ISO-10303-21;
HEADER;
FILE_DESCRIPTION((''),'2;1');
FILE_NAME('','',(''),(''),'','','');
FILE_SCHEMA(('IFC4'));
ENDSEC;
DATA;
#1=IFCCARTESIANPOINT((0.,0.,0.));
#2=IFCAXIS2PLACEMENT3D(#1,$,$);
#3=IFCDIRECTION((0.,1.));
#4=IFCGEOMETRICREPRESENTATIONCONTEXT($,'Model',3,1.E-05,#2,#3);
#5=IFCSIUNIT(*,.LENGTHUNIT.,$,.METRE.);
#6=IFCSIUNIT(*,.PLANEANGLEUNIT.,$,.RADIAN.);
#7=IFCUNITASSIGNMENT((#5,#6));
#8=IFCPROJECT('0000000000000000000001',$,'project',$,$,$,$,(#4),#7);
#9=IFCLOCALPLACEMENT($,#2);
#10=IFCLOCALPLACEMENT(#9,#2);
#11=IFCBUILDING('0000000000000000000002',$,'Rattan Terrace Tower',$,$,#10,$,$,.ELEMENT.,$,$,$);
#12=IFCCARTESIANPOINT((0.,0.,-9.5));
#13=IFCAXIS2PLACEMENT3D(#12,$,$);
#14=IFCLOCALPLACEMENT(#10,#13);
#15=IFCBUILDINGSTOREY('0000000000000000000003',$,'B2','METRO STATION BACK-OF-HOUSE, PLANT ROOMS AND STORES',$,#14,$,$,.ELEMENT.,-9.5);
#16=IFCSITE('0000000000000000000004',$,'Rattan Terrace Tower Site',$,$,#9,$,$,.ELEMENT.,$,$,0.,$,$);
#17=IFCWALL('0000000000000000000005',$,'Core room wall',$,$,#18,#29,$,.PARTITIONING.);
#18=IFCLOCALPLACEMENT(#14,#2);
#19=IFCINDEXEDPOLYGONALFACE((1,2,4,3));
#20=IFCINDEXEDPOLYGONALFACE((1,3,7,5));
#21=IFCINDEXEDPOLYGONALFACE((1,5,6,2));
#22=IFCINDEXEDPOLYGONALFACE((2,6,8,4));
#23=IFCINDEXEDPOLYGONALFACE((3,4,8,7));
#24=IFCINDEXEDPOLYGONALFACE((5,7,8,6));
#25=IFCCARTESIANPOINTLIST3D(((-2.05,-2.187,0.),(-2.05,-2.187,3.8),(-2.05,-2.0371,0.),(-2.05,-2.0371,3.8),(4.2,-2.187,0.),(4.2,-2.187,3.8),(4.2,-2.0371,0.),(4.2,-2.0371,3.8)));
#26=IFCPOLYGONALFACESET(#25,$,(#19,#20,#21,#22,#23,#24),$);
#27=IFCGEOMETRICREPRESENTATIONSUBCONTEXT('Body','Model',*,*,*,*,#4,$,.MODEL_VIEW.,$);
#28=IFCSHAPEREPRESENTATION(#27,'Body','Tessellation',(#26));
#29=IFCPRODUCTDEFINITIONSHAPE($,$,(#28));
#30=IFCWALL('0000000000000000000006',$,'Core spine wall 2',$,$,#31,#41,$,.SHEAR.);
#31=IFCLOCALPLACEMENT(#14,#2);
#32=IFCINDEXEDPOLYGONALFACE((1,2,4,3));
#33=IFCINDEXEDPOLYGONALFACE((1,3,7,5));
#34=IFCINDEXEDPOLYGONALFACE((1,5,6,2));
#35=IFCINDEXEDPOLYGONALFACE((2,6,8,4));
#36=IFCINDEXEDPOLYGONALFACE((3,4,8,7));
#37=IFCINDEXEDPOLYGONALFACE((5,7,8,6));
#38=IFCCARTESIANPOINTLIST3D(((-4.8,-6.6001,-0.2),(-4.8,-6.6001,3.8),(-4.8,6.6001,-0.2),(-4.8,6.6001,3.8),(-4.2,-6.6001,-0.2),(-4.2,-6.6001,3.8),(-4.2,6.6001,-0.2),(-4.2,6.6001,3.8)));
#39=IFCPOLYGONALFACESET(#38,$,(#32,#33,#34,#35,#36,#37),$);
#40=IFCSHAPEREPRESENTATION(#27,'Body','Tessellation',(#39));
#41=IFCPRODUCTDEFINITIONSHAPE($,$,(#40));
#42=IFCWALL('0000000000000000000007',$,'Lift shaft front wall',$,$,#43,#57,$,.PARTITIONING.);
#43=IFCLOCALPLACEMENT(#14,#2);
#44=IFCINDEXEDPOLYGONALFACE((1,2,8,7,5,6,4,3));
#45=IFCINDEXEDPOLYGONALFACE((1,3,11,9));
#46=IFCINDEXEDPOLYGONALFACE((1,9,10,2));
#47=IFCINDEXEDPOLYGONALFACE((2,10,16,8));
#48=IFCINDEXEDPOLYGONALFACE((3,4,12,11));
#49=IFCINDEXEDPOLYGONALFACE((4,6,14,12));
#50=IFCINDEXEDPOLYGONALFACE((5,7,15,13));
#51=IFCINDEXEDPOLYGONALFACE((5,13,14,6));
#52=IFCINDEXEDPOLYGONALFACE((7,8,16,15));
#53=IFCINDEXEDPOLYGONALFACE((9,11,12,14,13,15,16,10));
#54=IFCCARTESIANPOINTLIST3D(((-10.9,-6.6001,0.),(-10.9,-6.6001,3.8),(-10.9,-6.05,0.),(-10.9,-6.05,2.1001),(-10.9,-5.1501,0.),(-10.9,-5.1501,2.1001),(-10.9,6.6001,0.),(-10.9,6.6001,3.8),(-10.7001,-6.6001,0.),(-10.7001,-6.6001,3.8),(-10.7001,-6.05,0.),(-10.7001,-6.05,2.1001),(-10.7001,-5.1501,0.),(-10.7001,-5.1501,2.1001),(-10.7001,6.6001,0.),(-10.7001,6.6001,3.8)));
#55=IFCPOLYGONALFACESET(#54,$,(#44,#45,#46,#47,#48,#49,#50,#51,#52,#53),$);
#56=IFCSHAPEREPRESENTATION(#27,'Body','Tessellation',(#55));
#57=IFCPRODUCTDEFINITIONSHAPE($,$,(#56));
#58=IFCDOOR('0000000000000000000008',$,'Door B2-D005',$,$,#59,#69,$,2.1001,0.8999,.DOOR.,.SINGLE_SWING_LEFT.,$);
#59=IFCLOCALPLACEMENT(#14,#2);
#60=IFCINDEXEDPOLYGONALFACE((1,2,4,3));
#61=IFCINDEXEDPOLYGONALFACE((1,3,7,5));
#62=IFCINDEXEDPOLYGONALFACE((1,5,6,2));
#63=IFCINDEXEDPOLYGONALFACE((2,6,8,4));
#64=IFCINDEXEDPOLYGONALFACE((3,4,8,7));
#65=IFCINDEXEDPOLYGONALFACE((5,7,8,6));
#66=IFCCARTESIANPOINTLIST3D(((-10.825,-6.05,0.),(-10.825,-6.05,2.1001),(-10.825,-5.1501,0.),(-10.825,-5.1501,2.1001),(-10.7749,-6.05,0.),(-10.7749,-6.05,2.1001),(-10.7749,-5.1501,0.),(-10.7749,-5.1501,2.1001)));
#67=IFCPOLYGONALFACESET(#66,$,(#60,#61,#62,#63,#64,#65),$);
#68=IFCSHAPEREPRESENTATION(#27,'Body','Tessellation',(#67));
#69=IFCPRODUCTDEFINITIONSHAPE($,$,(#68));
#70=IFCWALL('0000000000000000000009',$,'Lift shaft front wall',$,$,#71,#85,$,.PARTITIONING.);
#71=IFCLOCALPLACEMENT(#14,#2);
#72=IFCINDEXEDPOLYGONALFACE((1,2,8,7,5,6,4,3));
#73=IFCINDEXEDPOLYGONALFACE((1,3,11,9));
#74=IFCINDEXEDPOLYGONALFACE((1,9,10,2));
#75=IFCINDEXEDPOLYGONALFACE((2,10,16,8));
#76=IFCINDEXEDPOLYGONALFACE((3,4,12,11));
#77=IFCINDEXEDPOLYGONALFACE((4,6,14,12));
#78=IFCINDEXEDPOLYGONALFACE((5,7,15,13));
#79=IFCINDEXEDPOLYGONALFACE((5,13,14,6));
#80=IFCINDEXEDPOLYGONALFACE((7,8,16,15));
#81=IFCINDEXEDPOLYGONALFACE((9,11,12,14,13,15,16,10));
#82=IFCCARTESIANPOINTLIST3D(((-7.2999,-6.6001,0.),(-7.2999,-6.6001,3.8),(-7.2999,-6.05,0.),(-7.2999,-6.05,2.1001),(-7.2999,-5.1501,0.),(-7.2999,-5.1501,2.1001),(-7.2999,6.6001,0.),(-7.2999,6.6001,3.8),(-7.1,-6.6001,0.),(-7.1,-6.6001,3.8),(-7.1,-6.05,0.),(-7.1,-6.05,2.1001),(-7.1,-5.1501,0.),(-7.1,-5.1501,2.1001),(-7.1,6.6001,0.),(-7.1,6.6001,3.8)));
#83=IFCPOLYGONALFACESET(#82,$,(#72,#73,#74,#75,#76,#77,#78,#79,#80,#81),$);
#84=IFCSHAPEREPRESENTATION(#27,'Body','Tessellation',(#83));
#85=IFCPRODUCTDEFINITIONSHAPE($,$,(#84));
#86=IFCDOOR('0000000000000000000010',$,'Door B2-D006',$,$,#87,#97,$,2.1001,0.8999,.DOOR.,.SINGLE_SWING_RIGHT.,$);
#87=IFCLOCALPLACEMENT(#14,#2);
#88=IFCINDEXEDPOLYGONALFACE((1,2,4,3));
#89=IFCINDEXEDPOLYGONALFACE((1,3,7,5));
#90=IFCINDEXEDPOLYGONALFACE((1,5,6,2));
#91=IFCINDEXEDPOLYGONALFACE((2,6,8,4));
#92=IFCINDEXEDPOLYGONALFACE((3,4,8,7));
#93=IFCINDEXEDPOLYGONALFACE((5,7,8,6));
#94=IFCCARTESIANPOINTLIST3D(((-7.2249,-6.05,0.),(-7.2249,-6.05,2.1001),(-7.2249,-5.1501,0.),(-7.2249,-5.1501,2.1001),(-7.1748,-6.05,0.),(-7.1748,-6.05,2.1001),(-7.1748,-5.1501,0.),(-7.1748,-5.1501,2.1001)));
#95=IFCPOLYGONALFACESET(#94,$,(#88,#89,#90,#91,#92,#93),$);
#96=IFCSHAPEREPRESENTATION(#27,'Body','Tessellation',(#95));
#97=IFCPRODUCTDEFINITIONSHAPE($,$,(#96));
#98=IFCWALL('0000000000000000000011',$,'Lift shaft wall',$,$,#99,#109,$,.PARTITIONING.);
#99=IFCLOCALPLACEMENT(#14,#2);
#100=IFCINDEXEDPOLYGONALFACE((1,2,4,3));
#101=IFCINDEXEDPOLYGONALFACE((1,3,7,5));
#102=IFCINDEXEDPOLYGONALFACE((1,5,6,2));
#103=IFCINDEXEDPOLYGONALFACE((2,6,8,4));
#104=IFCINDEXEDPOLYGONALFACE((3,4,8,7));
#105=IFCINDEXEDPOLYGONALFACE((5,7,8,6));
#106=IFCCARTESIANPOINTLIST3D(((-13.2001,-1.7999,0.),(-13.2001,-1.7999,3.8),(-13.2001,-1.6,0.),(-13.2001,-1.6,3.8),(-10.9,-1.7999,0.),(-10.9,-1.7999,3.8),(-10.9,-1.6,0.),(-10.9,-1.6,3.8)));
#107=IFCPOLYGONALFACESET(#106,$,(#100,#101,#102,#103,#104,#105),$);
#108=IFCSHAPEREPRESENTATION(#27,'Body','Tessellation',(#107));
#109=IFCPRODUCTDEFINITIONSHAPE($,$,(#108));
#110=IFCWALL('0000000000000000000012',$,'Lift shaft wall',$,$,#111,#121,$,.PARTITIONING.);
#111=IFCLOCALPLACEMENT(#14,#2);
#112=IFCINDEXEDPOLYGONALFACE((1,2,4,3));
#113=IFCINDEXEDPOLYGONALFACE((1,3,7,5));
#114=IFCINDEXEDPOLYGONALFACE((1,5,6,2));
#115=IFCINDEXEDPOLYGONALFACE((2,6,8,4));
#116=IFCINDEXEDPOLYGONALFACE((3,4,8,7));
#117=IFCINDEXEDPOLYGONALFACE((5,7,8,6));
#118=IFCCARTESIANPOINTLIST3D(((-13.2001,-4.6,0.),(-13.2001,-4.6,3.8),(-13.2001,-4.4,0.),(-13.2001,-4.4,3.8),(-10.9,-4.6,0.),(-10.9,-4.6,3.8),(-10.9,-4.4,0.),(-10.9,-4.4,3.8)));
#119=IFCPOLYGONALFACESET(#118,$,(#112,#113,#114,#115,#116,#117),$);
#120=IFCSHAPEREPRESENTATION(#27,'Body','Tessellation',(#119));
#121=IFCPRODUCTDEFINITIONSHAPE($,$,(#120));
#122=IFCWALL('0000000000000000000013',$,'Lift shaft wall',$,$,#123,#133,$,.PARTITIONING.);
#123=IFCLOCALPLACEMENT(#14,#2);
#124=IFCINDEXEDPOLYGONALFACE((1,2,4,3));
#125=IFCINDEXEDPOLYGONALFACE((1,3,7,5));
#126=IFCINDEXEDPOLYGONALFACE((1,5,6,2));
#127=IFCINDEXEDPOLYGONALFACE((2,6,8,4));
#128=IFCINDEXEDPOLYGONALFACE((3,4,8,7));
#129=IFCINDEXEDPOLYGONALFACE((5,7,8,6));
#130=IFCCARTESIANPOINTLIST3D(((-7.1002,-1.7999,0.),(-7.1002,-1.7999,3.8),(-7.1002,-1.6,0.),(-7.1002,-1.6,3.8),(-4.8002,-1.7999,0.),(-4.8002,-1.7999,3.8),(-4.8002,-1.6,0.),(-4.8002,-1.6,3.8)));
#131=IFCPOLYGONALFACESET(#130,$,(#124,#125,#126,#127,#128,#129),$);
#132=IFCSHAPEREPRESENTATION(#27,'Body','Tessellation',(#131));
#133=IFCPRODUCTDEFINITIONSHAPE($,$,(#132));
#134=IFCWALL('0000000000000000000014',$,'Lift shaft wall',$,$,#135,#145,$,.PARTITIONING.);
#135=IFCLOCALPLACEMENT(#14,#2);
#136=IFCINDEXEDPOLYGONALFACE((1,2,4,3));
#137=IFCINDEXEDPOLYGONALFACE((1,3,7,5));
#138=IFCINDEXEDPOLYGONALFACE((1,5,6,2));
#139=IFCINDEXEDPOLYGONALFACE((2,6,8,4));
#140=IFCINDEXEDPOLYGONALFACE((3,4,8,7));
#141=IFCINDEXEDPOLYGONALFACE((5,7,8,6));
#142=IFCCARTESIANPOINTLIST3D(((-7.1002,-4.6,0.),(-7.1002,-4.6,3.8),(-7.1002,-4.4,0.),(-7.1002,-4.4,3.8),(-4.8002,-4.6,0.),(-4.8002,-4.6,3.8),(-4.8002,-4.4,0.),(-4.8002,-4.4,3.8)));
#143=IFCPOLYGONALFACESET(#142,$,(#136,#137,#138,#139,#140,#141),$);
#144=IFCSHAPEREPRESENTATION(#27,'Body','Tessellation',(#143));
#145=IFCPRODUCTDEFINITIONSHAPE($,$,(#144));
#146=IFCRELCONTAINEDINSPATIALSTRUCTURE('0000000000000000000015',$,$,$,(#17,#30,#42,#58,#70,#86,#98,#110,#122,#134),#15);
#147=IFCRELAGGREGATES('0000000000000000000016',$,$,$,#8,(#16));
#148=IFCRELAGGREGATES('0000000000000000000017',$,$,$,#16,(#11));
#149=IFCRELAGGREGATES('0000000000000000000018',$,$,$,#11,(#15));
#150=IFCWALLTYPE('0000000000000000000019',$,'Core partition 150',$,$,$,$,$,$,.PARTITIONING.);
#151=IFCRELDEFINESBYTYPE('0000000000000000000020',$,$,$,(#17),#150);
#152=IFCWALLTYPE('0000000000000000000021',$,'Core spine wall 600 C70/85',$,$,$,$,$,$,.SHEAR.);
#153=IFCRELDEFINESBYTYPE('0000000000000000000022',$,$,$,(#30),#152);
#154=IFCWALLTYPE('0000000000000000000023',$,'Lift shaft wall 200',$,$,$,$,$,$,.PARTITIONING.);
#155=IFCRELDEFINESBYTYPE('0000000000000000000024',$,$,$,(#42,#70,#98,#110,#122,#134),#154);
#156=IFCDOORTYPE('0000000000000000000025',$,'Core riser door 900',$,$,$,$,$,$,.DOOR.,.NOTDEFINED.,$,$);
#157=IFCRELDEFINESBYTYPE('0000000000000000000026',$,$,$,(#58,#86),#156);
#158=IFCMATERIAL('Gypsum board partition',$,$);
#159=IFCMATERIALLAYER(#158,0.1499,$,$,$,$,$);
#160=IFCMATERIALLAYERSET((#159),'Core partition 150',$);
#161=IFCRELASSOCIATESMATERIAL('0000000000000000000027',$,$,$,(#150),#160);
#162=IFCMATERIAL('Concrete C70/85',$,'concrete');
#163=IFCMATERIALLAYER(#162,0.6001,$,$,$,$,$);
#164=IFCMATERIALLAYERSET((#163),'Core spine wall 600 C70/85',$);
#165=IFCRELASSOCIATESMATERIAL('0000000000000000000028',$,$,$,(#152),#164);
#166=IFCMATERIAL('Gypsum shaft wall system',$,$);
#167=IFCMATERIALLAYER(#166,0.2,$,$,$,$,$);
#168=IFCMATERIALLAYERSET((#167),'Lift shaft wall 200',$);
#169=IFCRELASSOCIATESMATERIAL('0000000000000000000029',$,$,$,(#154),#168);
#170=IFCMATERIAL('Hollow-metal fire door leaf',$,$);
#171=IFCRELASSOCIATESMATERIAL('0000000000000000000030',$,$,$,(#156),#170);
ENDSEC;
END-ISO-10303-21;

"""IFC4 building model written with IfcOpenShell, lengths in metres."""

from ifc_helpers import new_model, si_unit, direction, frame, frame_2d, origin, place, context, subcontext, project, spatial, rectangle, extrude, material, layer, layer_set, type_object, element, fill, save


model = new_model("IFC4")

# Units and contexts
model_context = context("Model", 3, precision=1e-05, world=origin(), true_north=direction((0.0, 1.0)))
body_context = subcontext(model_context, "Body", "Model", "MODEL_VIEW")
ifc_project = project(units=[si_unit("LENGTHUNIT", "METRE"), si_unit("PLANEANGLEUNIT", "RADIAN")], contexts=[model_context])

# Site, building, storey
site_placement = place(None, origin())
site = spatial("IfcSite", under=ifc_project, at=site_placement, Name="Rattan Terrace Tower Site", CompositionType="ELEMENT", RefElevation=0.0)
building_placement = place(site_placement, origin())
building = spatial("IfcBuilding", under=site, at=building_placement, Name="Rattan Terrace Tower", CompositionType="ELEMENT")
storey_placement = place(building_placement, frame((0.0, 0.0, -9.5)))
storey = spatial("IfcBuildingStorey", under=building, at=storey_placement, Name="B2", Description="METRO STATION BACK-OF-HOUSE, PLANT ROOMS AND STORES", CompositionType="ELEMENT", Elevation=-9.5)

# Shared definitions
ifc_material_1 = material(Name="Gypsum board partition")
ifc_layer_1 = layer(ifc_material_1, 0.1499)
ifc_layer_set_1 = layer_set([ifc_layer_1], Name="Core partition 150")
wall_type_1 = type_object("IfcWallType", Name="Core partition 150", PredefinedType="PARTITIONING", material=ifc_layer_set_1)

# Walls
wall_1_placement = place(storey_placement, frame((-2.05, -2.1121, 0.0), z_axis=(0.0, 0.0, 1.0), x_axis=(1.0, 0.0, 0.0)))
element("IfcWall", 1, at=wall_1_placement, inside=storey, type_object=wall_type_1, Name="Core room wall", PredefinedType="PARTITIONING", context=body_context, shape_type="SweptSolid", body=[
    extrude(rectangle(XDim=6.25, YDim=0.1499, at=frame_2d((3.125, 0.0))), origin(), (0.0, 0.0, 1.0), 3.8),
])
ifc_material_2 = material(Name="Concrete C70/85", Category="concrete")
ifc_layer_2 = layer(ifc_material_2, 0.6001)
ifc_layer_set_2 = layer_set([ifc_layer_2], Name="Core spine wall 600 C70/85")
wall_type_2 = type_object("IfcWallType", Name="Core spine wall 600 C70/85", PredefinedType="SHEAR", material=ifc_layer_set_2)
wall_2_placement = place(storey_placement, frame((-4.5, -6.6001, -0.2), z_axis=(0.0, 0.0, 1.0), x_axis=(0.0, 1.0, 0.0)))
element("IfcWall", 2, at=wall_2_placement, inside=storey, type_object=wall_type_2, Name="Core spine wall 2", PredefinedType="SHEAR", context=body_context, shape_type="SweptSolid", body=[
    extrude(rectangle(XDim=13.2002, YDim=0.6001, at=frame_2d((6.6001, 0.0))), origin(), (0.0, 0.0, 1.0), 4.0),
])

# Walls, openings, doors
ifc_material_3 = material(Name="Gypsum shaft wall system")
ifc_layer_3 = layer(ifc_material_3, 0.2)
ifc_layer_set_3 = layer_set([ifc_layer_3], Name="Lift shaft wall 200")
wall_type_3 = type_object("IfcWallType", Name="Lift shaft wall 200", PredefinedType="PARTITIONING", material=ifc_layer_set_3)
wall_3_placement = place(storey_placement, frame((-10.8, -6.6001, 0.0), z_axis=(0.0, 0.0, 1.0), x_axis=(0.0, 1.0, 0.0)))
wall_3 = element("IfcWall", 3, at=wall_3_placement, inside=storey, type_object=wall_type_3, Name="Lift shaft front wall", PredefinedType="PARTITIONING", context=body_context, shape_type="SweptSolid", body=[
    extrude(rectangle(XDim=13.2002, YDim=0.2, at=frame_2d((6.6001, 0.0))), origin(), (0.0, 0.0, 1.0), 3.8),
])
opening_1_placement = place(wall_3_placement, frame((0.55, 0.0, 0.0)))
opening_1 = element("IfcOpeningElement", 4, at=opening_1_placement, cuts=wall_3, PredefinedType="OPENING", context=body_context, shape_type="SweptSolid", body=[
    extrude(rectangle(XDim=0.8999, YDim=2.1001, at=frame_2d((0.45, 1.05))), frame((0.0, 0.1106, 0.0), z_axis=(0.0, -1.0, 0.0), x_axis=(1.0, 0.0, 0.0)), (0.0, 0.0, 1.0), 0.2209),
])
ifc_material_4 = material(Name="Hollow-metal fire door leaf")
door_type_1 = type_object("IfcDoorType", Name="Core riser door 900", OperationType="NOTDEFINED", PredefinedType="DOOR", material=ifc_material_4)
door_1_placement = place(opening_1_placement, origin())
door_1 = element("IfcDoor", 5, at=door_1_placement, inside=storey, type_object=door_type_1, Name="Door B2-D005", OperationType="SINGLE_SWING_LEFT", OverallHeight=2.1001, OverallWidth=0.8999, PredefinedType="DOOR", context=body_context, shape_type="SweptSolid", body=[
    extrude(rectangle(XDim=0.8999, YDim=2.1001, at=frame_2d((0.45, 1.05))), frame((0.0, 0.0249, 0.0), z_axis=(0.0, -1.0, 0.0), x_axis=(1.0, 0.0, 0.0)), (0.0, 0.0, 1.0), 0.05),
])
fill(opening_1, door_1)
wall_4_placement = place(storey_placement, frame((-7.2, -6.6001, 0.0), z_axis=(0.0, 0.0, 1.0), x_axis=(0.0, 1.0, 0.0)))
wall_4 = element("IfcWall", 6, at=wall_4_placement, inside=storey, type_object=wall_type_3, Name="Lift shaft front wall", PredefinedType="PARTITIONING", context=body_context, shape_type="SweptSolid", body=[
    extrude(rectangle(XDim=13.2002, YDim=0.2, at=frame_2d((6.6001, 0.0))), origin(), (0.0, 0.0, 1.0), 3.8),
])
opening_2_placement = place(wall_4_placement, frame((0.55, 0.0, 0.0)))
opening_2 = element("IfcOpeningElement", 7, at=opening_2_placement, cuts=wall_4, PredefinedType="OPENING", context=body_context, shape_type="SweptSolid", body=[
    extrude(rectangle(XDim=0.8999, YDim=2.1001, at=frame_2d((0.45, 1.05))), frame((0.0, 0.1106, 0.0), z_axis=(0.0, -1.0, 0.0), x_axis=(1.0, 0.0, 0.0)), (0.0, 0.0, 1.0), 0.2209),
])
door_2_placement = place(opening_2_placement, origin())
door_2 = element("IfcDoor", 8, at=door_2_placement, inside=storey, type_object=door_type_1, Name="Door B2-D006", OperationType="SINGLE_SWING_RIGHT", OverallHeight=2.1001, OverallWidth=0.8999, PredefinedType="DOOR", context=body_context, shape_type="SweptSolid", body=[
    extrude(rectangle(XDim=0.8999, YDim=2.1001, at=frame_2d((0.45, 1.05))), frame((0.0, 0.0249, 0.0), z_axis=(0.0, -1.0, 0.0), x_axis=(1.0, 0.0, 0.0)), (0.0, 0.0, 1.0), 0.05),
])
fill(opening_2, door_2)

# Walls
for number, where, z_axis, x_axis, name in (
    (9, (-13.2, -1.7, 0.0), (0.0, 0.0, 1.0), (1.0, 0.0, 0.0), "Lift shaft wall"),
    (10, (-13.2, -4.5, 0.0), (0.0, 0.0, 1.0), (1.0, 0.0, 0.0), "Lift shaft wall"),
    (11, (-7.1001, -1.7, 0.0), (0.0, 0.0, 1.0), (1.0, 0.0, 0.0), "Lift shaft wall"),
    (12, (-7.1001, -4.5, 0.0), (0.0, 0.0, 1.0), (1.0, 0.0, 0.0), "Lift shaft wall"),
):
    element("IfcWall", number, at=place(storey_placement, frame(where, z_axis=z_axis, x_axis=x_axis)), inside=storey, type_object=wall_type_3, Name=name, PredefinedType="PARTITIONING", context=body_context, shape_type="SweptSolid", body=[
        extrude(rectangle(XDim=2.3, YDim=0.2, at=frame_2d((1.1499, 0.0))), origin(), (0.0, 0.0, 1.0), 3.8),
    ])

save(model, "model.ifc")
